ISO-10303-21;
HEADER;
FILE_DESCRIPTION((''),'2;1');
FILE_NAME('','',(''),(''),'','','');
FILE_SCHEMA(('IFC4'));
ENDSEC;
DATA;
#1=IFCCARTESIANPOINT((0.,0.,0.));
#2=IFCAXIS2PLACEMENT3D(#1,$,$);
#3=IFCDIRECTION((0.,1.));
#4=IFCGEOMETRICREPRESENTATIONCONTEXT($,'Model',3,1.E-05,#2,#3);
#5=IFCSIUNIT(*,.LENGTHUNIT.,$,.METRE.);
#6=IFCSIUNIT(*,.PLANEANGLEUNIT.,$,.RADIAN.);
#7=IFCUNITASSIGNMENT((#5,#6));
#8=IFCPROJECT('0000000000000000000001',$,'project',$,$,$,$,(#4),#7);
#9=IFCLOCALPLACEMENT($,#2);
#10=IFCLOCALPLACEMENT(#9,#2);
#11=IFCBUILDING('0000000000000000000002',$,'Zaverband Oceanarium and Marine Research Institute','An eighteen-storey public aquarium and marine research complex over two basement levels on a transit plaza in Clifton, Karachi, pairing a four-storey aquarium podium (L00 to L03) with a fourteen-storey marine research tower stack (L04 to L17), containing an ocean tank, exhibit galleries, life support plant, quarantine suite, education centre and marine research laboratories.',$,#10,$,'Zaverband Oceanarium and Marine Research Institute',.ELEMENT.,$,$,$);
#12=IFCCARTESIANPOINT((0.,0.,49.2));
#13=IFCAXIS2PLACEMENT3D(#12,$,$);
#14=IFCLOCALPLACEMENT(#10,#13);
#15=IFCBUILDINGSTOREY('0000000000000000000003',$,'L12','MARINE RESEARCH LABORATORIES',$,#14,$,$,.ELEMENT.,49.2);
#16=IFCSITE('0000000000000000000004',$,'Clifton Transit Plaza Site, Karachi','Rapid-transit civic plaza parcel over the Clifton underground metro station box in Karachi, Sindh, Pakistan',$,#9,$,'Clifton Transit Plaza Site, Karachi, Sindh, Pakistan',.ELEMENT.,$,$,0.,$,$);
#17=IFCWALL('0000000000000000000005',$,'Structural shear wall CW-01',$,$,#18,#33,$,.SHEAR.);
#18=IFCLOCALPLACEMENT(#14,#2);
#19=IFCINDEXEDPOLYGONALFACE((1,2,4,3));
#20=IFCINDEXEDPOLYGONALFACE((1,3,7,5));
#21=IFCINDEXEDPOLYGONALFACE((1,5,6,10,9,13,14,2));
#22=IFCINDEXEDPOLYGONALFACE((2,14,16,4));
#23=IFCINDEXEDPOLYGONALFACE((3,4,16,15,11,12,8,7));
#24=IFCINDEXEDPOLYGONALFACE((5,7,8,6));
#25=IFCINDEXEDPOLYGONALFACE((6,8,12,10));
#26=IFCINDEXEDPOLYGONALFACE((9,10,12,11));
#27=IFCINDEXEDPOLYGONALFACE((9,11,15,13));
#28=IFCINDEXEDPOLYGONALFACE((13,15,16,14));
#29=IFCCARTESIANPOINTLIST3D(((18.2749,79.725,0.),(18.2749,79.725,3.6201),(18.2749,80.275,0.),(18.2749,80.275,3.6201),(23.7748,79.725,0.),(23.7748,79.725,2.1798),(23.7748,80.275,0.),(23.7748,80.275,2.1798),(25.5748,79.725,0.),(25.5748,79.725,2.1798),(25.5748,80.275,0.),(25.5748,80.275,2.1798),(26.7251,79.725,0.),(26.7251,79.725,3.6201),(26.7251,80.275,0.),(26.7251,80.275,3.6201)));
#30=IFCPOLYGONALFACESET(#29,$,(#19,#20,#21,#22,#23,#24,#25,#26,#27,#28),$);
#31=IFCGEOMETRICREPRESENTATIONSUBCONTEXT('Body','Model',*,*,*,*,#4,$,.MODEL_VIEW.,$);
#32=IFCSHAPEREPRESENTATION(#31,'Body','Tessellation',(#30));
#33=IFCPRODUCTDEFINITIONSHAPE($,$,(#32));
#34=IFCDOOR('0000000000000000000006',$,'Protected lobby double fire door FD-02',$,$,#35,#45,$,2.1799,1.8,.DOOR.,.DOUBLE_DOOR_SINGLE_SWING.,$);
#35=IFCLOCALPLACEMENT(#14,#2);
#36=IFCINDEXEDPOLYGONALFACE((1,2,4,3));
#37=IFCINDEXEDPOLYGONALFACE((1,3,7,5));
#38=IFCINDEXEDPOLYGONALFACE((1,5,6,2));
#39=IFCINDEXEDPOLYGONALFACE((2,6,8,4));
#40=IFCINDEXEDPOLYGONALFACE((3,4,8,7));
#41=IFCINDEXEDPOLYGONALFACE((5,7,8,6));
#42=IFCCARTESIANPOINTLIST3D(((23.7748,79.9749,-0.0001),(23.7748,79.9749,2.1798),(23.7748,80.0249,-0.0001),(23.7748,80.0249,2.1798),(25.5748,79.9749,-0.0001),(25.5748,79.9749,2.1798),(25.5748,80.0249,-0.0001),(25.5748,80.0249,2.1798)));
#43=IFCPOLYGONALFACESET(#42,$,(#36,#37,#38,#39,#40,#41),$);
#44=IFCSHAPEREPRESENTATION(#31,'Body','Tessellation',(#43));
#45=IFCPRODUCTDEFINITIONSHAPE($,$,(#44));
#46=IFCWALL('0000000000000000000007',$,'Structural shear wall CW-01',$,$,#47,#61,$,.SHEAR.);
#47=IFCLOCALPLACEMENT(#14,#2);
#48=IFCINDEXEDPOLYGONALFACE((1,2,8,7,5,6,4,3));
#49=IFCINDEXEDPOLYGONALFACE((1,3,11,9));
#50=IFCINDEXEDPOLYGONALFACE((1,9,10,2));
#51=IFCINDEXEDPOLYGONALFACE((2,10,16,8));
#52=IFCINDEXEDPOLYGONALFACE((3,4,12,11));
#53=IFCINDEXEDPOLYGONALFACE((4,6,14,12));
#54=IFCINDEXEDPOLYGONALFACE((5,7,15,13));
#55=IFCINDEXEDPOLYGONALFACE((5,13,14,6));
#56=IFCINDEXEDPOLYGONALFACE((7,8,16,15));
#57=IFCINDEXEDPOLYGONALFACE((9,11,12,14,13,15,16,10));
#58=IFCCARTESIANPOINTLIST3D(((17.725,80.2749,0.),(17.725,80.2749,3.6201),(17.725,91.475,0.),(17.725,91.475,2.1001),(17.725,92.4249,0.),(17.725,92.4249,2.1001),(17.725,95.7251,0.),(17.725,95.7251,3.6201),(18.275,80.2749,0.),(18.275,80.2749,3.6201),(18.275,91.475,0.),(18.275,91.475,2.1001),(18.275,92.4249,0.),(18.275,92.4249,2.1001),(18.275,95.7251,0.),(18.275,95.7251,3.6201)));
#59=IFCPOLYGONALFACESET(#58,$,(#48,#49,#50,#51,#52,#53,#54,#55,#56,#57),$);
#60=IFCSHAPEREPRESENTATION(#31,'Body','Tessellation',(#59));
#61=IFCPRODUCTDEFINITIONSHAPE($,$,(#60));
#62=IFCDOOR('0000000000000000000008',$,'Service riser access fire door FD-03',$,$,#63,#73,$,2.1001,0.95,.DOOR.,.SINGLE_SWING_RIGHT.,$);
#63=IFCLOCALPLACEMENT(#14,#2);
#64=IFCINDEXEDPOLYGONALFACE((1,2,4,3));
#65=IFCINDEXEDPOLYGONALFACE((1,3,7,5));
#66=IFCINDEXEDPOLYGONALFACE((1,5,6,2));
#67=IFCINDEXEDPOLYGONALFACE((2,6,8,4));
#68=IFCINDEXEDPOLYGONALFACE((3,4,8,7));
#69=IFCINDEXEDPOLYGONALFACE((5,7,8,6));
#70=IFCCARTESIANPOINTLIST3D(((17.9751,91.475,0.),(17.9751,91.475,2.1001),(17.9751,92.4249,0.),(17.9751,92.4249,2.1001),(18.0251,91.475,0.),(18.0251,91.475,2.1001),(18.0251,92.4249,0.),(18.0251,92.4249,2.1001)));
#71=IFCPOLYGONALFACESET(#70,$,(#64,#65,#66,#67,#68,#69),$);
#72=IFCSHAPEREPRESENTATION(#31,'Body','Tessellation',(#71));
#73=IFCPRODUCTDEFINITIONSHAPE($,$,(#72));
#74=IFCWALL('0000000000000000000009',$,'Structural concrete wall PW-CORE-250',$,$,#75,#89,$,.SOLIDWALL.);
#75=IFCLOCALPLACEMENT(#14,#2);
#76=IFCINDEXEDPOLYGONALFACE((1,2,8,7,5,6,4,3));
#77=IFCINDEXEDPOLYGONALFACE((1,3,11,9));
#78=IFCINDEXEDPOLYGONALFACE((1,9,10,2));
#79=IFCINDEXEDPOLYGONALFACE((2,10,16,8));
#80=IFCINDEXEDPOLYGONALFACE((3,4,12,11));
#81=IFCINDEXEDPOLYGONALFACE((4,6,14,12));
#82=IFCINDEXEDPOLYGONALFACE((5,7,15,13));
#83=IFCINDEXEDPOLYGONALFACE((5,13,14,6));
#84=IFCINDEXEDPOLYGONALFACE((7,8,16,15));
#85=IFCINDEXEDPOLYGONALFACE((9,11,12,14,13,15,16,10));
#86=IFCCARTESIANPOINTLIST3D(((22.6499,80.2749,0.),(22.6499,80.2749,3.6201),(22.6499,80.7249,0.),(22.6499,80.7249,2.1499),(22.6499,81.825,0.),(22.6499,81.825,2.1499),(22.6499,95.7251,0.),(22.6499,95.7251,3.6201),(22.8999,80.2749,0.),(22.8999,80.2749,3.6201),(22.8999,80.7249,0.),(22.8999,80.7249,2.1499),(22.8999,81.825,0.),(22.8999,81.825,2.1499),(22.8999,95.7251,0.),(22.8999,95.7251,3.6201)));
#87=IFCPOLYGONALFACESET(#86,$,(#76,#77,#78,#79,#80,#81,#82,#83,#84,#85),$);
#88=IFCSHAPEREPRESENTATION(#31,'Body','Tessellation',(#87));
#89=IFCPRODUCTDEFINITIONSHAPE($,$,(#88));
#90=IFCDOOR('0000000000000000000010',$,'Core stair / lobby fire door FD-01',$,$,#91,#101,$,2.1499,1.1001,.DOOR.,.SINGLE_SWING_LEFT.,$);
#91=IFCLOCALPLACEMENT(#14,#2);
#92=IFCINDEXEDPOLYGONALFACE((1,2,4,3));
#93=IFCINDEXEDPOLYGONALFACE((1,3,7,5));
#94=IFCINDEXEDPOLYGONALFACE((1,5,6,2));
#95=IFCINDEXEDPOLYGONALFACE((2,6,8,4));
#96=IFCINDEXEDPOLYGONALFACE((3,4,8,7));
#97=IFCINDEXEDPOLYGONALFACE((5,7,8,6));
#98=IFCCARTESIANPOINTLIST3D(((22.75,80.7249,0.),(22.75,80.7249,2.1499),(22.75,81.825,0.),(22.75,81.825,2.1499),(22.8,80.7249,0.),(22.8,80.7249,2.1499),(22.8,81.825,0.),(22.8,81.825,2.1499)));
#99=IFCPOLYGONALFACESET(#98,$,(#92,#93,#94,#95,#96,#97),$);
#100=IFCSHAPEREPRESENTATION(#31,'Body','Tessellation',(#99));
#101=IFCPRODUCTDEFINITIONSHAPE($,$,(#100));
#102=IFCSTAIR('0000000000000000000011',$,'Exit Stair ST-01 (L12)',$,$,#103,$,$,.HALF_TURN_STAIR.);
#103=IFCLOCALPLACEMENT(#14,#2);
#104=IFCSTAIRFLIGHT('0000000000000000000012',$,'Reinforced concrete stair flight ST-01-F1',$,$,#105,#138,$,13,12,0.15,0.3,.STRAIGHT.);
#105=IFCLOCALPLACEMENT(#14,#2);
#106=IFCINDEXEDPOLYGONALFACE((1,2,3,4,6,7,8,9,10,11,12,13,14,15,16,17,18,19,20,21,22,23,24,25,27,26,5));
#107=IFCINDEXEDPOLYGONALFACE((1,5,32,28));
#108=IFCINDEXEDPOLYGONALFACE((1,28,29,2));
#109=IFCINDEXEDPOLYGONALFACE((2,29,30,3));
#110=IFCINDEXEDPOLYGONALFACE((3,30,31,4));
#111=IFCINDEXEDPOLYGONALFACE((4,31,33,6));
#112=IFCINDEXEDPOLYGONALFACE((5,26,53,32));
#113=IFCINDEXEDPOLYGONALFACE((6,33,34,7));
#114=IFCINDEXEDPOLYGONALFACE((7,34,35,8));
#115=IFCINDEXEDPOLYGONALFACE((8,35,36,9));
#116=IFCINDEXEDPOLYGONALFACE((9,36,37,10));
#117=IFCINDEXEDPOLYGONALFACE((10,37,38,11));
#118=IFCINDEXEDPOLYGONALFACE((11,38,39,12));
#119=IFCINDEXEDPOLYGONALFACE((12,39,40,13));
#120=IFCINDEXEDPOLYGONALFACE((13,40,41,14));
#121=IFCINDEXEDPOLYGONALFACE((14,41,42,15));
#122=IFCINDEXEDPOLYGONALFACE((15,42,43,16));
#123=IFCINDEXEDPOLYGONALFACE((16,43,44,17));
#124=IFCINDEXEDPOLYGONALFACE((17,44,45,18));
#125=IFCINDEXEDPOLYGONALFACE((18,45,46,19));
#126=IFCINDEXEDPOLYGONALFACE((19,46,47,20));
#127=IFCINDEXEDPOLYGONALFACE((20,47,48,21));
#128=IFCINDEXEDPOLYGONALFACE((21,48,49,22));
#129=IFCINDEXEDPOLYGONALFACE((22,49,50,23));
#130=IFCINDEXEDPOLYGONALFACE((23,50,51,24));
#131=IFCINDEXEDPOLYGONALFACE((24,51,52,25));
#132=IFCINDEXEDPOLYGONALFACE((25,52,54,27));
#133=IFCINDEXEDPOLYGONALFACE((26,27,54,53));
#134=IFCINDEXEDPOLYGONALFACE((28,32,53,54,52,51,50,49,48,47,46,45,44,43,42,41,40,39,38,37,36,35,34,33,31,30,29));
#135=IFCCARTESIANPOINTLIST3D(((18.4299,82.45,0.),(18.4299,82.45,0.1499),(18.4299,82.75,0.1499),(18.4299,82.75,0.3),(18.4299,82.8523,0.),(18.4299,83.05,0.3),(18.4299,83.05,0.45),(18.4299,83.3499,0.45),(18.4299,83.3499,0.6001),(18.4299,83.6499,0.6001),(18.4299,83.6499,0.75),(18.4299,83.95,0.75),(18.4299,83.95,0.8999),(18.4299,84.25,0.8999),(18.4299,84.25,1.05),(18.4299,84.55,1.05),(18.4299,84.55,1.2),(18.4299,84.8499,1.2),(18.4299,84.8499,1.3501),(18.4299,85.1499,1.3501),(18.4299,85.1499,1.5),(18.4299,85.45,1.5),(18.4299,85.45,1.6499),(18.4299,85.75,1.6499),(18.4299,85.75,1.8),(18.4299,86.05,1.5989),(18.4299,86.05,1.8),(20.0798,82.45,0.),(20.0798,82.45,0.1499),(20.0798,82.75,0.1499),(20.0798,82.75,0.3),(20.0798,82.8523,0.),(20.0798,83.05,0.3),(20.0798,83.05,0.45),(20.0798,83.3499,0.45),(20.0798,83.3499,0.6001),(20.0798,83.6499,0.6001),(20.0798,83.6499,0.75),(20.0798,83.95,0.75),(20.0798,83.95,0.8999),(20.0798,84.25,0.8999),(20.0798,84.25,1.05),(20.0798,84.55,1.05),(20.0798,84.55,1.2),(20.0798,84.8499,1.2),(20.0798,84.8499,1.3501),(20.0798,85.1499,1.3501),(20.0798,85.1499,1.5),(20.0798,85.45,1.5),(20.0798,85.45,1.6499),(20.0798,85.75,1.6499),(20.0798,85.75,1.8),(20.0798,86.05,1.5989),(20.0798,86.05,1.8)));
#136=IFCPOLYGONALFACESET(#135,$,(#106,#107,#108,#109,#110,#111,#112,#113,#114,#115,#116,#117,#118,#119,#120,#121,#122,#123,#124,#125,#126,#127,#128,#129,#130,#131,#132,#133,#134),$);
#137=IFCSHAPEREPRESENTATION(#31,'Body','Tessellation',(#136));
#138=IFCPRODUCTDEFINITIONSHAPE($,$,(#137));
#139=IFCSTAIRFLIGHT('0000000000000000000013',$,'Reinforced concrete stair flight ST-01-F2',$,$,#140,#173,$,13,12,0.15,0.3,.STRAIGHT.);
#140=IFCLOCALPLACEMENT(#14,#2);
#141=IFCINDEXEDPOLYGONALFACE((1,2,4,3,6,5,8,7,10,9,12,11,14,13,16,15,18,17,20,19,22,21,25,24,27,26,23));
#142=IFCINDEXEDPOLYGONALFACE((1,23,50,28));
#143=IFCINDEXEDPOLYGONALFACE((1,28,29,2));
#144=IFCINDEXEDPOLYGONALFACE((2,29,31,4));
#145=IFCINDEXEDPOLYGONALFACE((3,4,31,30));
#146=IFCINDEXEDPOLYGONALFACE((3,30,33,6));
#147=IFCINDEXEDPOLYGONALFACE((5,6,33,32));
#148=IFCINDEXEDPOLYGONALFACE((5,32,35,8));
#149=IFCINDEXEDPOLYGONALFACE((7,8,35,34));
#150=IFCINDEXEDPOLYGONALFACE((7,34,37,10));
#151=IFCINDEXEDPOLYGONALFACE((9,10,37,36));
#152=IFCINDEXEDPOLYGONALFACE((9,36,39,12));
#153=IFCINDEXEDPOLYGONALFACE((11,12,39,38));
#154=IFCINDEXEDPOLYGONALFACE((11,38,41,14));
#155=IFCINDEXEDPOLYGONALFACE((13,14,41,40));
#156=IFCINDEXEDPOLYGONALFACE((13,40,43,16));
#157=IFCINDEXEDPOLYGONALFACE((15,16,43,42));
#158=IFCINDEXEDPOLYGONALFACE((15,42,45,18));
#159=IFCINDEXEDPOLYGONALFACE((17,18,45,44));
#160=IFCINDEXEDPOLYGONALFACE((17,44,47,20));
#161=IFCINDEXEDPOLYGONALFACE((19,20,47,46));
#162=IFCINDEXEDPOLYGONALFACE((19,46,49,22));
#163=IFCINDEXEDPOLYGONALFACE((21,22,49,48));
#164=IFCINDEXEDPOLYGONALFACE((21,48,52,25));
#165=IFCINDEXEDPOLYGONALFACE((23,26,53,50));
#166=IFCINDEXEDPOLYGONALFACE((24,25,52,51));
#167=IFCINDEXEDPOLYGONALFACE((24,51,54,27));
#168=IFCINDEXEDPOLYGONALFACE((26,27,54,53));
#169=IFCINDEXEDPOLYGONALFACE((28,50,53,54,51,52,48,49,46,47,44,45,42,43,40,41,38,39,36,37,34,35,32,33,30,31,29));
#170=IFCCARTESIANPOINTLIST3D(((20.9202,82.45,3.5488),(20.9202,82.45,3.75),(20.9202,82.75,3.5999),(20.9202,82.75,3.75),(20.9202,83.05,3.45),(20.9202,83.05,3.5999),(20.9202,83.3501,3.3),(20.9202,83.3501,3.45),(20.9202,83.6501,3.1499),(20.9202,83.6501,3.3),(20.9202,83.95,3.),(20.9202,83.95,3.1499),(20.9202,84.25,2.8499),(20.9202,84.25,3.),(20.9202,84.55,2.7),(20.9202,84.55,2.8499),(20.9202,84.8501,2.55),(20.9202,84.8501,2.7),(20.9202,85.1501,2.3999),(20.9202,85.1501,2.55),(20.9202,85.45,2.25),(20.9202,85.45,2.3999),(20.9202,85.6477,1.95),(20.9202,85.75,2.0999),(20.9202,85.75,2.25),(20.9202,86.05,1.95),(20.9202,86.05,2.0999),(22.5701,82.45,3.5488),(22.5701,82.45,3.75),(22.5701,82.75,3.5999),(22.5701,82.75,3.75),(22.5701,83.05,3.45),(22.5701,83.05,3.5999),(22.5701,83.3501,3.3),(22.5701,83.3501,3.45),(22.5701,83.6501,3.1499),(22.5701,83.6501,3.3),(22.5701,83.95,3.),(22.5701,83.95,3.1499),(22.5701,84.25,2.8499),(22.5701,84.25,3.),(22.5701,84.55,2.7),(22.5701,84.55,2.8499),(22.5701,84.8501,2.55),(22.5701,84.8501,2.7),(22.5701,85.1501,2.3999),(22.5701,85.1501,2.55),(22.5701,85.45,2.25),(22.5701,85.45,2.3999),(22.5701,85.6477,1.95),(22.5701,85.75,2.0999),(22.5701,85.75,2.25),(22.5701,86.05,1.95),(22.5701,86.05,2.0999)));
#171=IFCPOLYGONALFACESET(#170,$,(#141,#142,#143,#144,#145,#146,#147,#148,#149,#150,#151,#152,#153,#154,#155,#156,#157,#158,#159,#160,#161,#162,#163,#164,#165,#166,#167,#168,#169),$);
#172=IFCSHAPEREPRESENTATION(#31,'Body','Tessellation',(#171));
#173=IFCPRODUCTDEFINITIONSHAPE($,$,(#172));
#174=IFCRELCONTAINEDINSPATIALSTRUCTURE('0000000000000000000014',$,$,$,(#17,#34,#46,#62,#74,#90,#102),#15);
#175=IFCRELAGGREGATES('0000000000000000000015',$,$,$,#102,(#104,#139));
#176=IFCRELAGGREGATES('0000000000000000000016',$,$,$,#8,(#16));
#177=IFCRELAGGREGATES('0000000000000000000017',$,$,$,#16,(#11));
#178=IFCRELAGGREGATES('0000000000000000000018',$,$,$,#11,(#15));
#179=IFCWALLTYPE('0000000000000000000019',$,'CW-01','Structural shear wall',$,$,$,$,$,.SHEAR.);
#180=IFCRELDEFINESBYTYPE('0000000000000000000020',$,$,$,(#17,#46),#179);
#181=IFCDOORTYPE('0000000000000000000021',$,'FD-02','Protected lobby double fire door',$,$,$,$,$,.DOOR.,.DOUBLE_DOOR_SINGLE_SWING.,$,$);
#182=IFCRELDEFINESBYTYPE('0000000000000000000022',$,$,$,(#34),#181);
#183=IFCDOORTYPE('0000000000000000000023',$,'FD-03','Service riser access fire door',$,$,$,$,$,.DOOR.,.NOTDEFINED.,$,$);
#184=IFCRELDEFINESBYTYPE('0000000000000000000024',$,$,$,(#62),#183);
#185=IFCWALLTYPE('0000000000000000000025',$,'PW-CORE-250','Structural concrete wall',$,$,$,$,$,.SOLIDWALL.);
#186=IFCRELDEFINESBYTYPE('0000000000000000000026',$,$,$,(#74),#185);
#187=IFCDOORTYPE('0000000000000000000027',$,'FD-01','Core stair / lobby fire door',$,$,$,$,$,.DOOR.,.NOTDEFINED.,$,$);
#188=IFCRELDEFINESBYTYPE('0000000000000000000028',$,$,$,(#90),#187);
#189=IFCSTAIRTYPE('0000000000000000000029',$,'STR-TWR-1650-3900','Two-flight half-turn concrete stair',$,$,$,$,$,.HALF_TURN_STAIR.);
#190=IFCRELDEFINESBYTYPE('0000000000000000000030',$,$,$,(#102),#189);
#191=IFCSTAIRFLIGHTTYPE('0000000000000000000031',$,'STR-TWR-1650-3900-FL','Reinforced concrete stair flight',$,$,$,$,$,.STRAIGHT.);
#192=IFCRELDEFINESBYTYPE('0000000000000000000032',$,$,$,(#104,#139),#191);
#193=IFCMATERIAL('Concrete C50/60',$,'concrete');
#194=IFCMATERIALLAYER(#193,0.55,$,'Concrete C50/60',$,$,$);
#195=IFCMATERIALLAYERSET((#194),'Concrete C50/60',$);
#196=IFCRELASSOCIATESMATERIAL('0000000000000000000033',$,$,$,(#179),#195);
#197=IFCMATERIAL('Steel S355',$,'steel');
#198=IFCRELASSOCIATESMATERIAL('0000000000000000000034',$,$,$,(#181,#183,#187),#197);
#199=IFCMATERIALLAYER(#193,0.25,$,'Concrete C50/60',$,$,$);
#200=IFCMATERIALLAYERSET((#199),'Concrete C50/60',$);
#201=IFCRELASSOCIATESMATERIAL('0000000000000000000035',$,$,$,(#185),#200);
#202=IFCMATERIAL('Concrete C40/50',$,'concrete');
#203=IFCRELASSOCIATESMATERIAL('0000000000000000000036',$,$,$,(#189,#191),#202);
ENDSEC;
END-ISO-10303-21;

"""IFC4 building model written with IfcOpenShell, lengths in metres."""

from ifc_helpers import new_model, si_unit, direction, frame, frame_2d, origin, place, context, subcontext, project, spatial, polyline, rectangle, outline, extrude, material, layer, layer_set, type_object, element, fill, aggregate, save


model = new_model("IFC4")

# Units and contexts
model_context = context("Model", 3, precision=1e-05, world=origin(), true_north=direction((0.0, 1.0)))
body_context = subcontext(model_context, "Body", "Model", "MODEL_VIEW")
ifc_project = project(units=[si_unit("LENGTHUNIT", "METRE"), si_unit("PLANEANGLEUNIT", "RADIAN")], contexts=[model_context])

# Site, building, storey
site_placement = place(None, origin())
site = spatial("IfcSite", under=ifc_project, at=site_placement, Name="Clifton Transit Plaza Site, Karachi", Description="Rapid-transit civic plaza parcel over the Clifton underground metro station box in Karachi, Sindh, Pakistan", LongName="Clifton Transit Plaza Site, Karachi, Sindh, Pakistan", CompositionType="ELEMENT", RefElevation=0.0)
building_placement = place(site_placement, origin())
building = spatial("IfcBuilding", under=site, at=building_placement, Name="Zaverband Oceanarium and Marine Research Institute", Description="An eighteen-storey public aquarium and marine research complex over two basement levels on a transit plaza in Clifton, Karachi, pairing a four-storey aquarium podium (L00 to L03) with a fourteen-storey marine research tower stack (L04 to L17), containing an ocean tank, exhibit galleries, life support plant, quarantine suite, education centre and marine research laboratories.", LongName="Zaverband Oceanarium and Marine Research Institute", CompositionType="ELEMENT")
storey_placement = place(building_placement, frame((0.0, 0.0, 49.2)))
storey = spatial("IfcBuildingStorey", under=building, at=storey_placement, Name="L12", Description="MARINE RESEARCH LABORATORIES", CompositionType="ELEMENT", Elevation=49.2)

# Shared definitions
ifc_material_1 = material(Name="Concrete C50/60", Category="concrete")

# Shared definitions
ifc_material_2 = material(Name="Concrete C40/50", Category="concrete")

# Walls, openings, doors
ifc_layer_1 = layer(ifc_material_1, 0.55, Name="Concrete C50/60")
ifc_layer_set_1 = layer_set([ifc_layer_1], Name="Concrete C50/60")
wall_type_1 = type_object("IfcWallType", Name="CW-01", Description="Structural shear wall", PredefinedType="SHEAR", material=ifc_layer_set_1)
wall_1_placement = place(storey_placement, frame((18.2749, 80.0, 0.0), z_axis=(0.0, 0.0, 1.0), x_axis=(1.0, 0.0, 0.0)))
wall_1 = element("IfcWall", 1, at=wall_1_placement, inside=storey, type_object=wall_type_1, Name="Structural shear wall CW-01", PredefinedType="SHEAR", context=body_context, shape_type="SweptSolid", body=[
    extrude(rectangle(XDim=8.4502, YDim=0.55, at=frame_2d((4.2251, 0.0))), origin(), (0.0, 0.0, 1.0), 3.6201),
])
opening_1_placement = place(wall_1_placement, frame((5.5, 0.0, 0.0)))
opening_1 = element("IfcOpeningElement", 2, at=opening_1_placement, cuts=wall_1, PredefinedType="OPENING", context=body_context, shape_type="SweptSolid", body=[
    extrude(rectangle(XDim=1.8, YDim=2.1799, at=frame_2d((0.8999, 1.0898))), frame((0.0, 0.2871, 0.0), z_axis=(0.0, -1.0, 0.0), x_axis=(1.0, 0.0, 0.0)), (0.0, 0.0, 1.0), 0.574),
])
ifc_material_3 = material(Name="Steel S355", Category="steel")
door_type_1 = type_object("IfcDoorType", Name="FD-02", Description="Protected lobby double fire door", OperationType="DOUBLE_DOOR_SINGLE_SWING", PredefinedType="DOOR", material=ifc_material_3)
door_1_placement = place(opening_1_placement, origin())
door_1 = element("IfcDoor", 3, at=door_1_placement, inside=storey, type_object=door_type_1, Name="Protected lobby double fire door FD-02", OperationType="DOUBLE_DOOR_SINGLE_SWING", OverallHeight=2.1799, OverallWidth=1.8, PredefinedType="DOOR", context=body_context, shape_type="SweptSolid", body=[
    extrude(rectangle(XDim=1.8, YDim=2.1799, at=frame_2d((0.8999, 1.0898))), frame((0.0, 0.0249, 0.0), z_axis=(0.0, -1.0, 0.0), x_axis=(1.0, 0.0, 0.0)), (0.0, 0.0, 1.0), 0.05),
])
fill(opening_1, door_1)
wall_2_placement = place(storey_placement, frame((18.0, 80.2749, 0.0), z_axis=(0.0, 0.0, 1.0), x_axis=(0.0, 1.0, 0.0)))
wall_2 = element("IfcWall", 4, at=wall_2_placement, inside=storey, type_object=wall_type_1, Name="Structural shear wall CW-01", PredefinedType="SHEAR", context=body_context, shape_type="SweptSolid", body=[
    extrude(rectangle(XDim=15.4502, YDim=0.55, at=frame_2d((7.7251, 0.0))), origin(), (0.0, 0.0, 1.0), 3.6201),
])
opening_2_placement = place(wall_2_placement, frame((11.2, 0.0, 0.0)))
opening_2 = element("IfcOpeningElement", 5, at=opening_2_placement, cuts=wall_2, PredefinedType="OPENING", context=body_context, shape_type="SweptSolid", body=[
    extrude(rectangle(XDim=0.95, YDim=2.1001, at=frame_2d((0.4751, 1.05))), frame((0.0, 0.2871, 0.0), z_axis=(0.0, -1.0, 0.0), x_axis=(1.0, 0.0, 0.0)), (0.0, 0.0, 1.0), 0.574),
])
door_type_2 = type_object("IfcDoorType", Name="FD-03", Description="Service riser access fire door", OperationType="NOTDEFINED", PredefinedType="DOOR", material=ifc_material_3)
door_2_placement = place(opening_2_placement, origin())
door_2 = element("IfcDoor", 6, at=door_2_placement, inside=storey, type_object=door_type_2, Name="Service riser access fire door FD-03", OperationType="SINGLE_SWING_RIGHT", OverallHeight=2.1001, OverallWidth=0.95, PredefinedType="DOOR", context=body_context, shape_type="SweptSolid", body=[
    extrude(rectangle(XDim=0.95, YDim=2.1001, at=frame_2d((0.4751, 1.05))), frame((0.0, 0.0249, 0.0), z_axis=(0.0, -1.0, 0.0), x_axis=(1.0, 0.0, 0.0)), (0.0, 0.0, 1.0), 0.05),
])
fill(opening_2, door_2)

# Wall, opening, door
ifc_layer_2 = layer(ifc_material_1, 0.25, Name="Concrete C50/60")
ifc_layer_set_2 = layer_set([ifc_layer_2], Name="Concrete C50/60")
wall_type_2 = type_object("IfcWallType", Name="PW-CORE-250", Description="Structural concrete wall", PredefinedType="SOLIDWALL", material=ifc_layer_set_2)
wall_3_placement = place(storey_placement, frame((22.7749, 80.2749, 0.0), z_axis=(0.0, 0.0, 1.0), x_axis=(0.0, 1.0, 0.0)))
wall_3 = element("IfcWall", 7, at=wall_3_placement, inside=storey, type_object=wall_type_2, Name="Structural concrete wall PW-CORE-250", PredefinedType="SOLIDWALL", context=body_context, shape_type="SweptSolid", body=[
    extrude(rectangle(XDim=15.4502, YDim=0.25, at=frame_2d((7.7251, 0.0))), origin(), (0.0, 0.0, 1.0), 3.6201),
])
opening_3_placement = place(wall_3_placement, frame((0.45, 0.0, 0.0)))
opening_3 = element("IfcOpeningElement", 8, at=opening_3_placement, cuts=wall_3, PredefinedType="OPENING", context=body_context, shape_type="SweptSolid", body=[
    extrude(rectangle(XDim=1.1001, YDim=2.1499, at=frame_2d((0.55, 1.075))), frame((0.0, 0.137, 0.0), z_axis=(0.0, -1.0, 0.0), x_axis=(1.0, 0.0, 0.0)), (0.0, 0.0, 1.0), 0.2739),
])
door_type_3 = type_object("IfcDoorType", Name="FD-01", Description="Core stair / lobby fire door", OperationType="NOTDEFINED", PredefinedType="DOOR", material=ifc_material_3)
door_3_placement = place(opening_3_placement, origin())
door_3 = element("IfcDoor", 9, at=door_3_placement, inside=storey, type_object=door_type_3, Name="Core stair / lobby fire door FD-01", OperationType="SINGLE_SWING_LEFT", OverallHeight=2.1499, OverallWidth=1.1001, PredefinedType="DOOR", context=body_context, shape_type="SweptSolid", body=[
    extrude(rectangle(XDim=1.1001, YDim=2.1499, at=frame_2d((0.55, 1.075))), frame((0.0, 0.0249, 0.0), z_axis=(0.0, -1.0, 0.0), x_axis=(1.0, 0.0, 0.0)), (0.0, 0.0, 1.0), 0.05),
])
fill(opening_3, door_3)

# Stair, stair flights
stair_type = type_object("IfcStairType", Name="STR-TWR-1650-3900", Description="Two-flight half-turn concrete stair", PredefinedType="HALF_TURN_STAIR", material=ifc_material_2)
stair_placement = place(storey_placement, origin())
stair = element("IfcStair", 10, at=stair_placement, inside=storey, type_object=stair_type, Name="Exit Stair ST-01 (L12)", PredefinedType="HALF_TURN_STAIR")
stair_flight_type = type_object("IfcStairFlightType", Name="STR-TWR-1650-3900-FL", Description="Reinforced concrete stair flight", PredefinedType="STRAIGHT", material=ifc_material_2)
stair_flight_1_placement = place(storey_placement, frame((19.2549, 82.45, 0.0), z_axis=(0.0, 0.0, 1.0), x_axis=(0.0, 1.0, 0.0)))
stair_flight_1 = element("IfcStairFlight", 11, at=stair_flight_1_placement, type_object=stair_flight_type, Name="Reinforced concrete stair flight ST-01-F1", NumberOfRisers=13, NumberOfTreads=12, PredefinedType="STRAIGHT", RiserHeight=0.15, TreadLength=0.3, context=body_context, shape_type="SweptSolid", body=[
    extrude(outline(polyline([(0.0, 0.0), (0.0, 0.1499), (0.3, 0.1499), (0.3, 0.3), (0.6001, 0.3), (0.6001, 0.45), (0.8999, 0.45), (0.8999, 0.6001), (1.2, 0.6001), (1.2, 0.75), (1.5, 0.75), (1.5, 0.8999), (1.8, 0.8999), (1.8, 1.05), (2.1001, 1.05), (2.1001, 1.2), (2.3999, 1.2), (2.3999, 1.3501), (2.7, 1.3501), (2.7, 1.5), (3.0, 1.5), (3.0, 1.6499), (3.3, 1.6499), (3.3, 1.8), (3.6001, 1.8), (3.6001, 1.95), (3.6001, 1.5989), (0.4023, 0.0), (0.0, 0.0)])), frame((0.0, 0.825, 0.0), z_axis=(0.0, -1.0, 0.0), x_axis=(1.0, 0.0, 0.0)), (0.0, 0.0, 1.0), 1.6499),
])
stair_flight_2_placement = place(storey_placement, frame((21.7451, 86.05, 1.95), z_axis=(0.0, 0.0, 1.0), x_axis=(0.0, -1.0, 0.0)))
stair_flight_2 = element("IfcStairFlight", 12, at=stair_flight_2_placement, type_object=stair_flight_type, Name="Reinforced concrete stair flight ST-01-F2", NumberOfRisers=13, NumberOfTreads=12, PredefinedType="STRAIGHT", RiserHeight=0.15, TreadLength=0.3, context=body_context, shape_type="SweptSolid", body=[
    extrude(outline(polyline([(0.0, 0.0), (0.0, 0.1499), (0.3, 0.1499), (0.3, 0.3), (0.6001, 0.3), (0.6001, 0.45), (0.8999, 0.45), (0.8999, 0.6001), (1.2, 0.6001), (1.2, 0.75), (1.5, 0.75), (1.5, 0.8999), (1.8, 0.8999), (1.8, 1.05), (2.1001, 1.05), (2.1001, 1.2), (2.3999, 1.2), (2.3999, 1.3501), (2.7, 1.3501), (2.7, 1.5), (3.0, 1.5), (3.0, 1.6499), (3.3, 1.6499), (3.3, 1.8), (3.6001, 1.8), (3.6001, 1.95), (3.6001, 1.5989), (0.4023, 0.0), (0.0, 0.0)])), frame((0.0, 0.825, 0.0), z_axis=(0.0, -1.0, 0.0), x_axis=(1.0, 0.0, 0.0)), (0.0, 0.0, 1.0), 1.6499),
])
aggregate(stair, [stair_flight_1, stair_flight_2])

save(model, "model.ifc")
